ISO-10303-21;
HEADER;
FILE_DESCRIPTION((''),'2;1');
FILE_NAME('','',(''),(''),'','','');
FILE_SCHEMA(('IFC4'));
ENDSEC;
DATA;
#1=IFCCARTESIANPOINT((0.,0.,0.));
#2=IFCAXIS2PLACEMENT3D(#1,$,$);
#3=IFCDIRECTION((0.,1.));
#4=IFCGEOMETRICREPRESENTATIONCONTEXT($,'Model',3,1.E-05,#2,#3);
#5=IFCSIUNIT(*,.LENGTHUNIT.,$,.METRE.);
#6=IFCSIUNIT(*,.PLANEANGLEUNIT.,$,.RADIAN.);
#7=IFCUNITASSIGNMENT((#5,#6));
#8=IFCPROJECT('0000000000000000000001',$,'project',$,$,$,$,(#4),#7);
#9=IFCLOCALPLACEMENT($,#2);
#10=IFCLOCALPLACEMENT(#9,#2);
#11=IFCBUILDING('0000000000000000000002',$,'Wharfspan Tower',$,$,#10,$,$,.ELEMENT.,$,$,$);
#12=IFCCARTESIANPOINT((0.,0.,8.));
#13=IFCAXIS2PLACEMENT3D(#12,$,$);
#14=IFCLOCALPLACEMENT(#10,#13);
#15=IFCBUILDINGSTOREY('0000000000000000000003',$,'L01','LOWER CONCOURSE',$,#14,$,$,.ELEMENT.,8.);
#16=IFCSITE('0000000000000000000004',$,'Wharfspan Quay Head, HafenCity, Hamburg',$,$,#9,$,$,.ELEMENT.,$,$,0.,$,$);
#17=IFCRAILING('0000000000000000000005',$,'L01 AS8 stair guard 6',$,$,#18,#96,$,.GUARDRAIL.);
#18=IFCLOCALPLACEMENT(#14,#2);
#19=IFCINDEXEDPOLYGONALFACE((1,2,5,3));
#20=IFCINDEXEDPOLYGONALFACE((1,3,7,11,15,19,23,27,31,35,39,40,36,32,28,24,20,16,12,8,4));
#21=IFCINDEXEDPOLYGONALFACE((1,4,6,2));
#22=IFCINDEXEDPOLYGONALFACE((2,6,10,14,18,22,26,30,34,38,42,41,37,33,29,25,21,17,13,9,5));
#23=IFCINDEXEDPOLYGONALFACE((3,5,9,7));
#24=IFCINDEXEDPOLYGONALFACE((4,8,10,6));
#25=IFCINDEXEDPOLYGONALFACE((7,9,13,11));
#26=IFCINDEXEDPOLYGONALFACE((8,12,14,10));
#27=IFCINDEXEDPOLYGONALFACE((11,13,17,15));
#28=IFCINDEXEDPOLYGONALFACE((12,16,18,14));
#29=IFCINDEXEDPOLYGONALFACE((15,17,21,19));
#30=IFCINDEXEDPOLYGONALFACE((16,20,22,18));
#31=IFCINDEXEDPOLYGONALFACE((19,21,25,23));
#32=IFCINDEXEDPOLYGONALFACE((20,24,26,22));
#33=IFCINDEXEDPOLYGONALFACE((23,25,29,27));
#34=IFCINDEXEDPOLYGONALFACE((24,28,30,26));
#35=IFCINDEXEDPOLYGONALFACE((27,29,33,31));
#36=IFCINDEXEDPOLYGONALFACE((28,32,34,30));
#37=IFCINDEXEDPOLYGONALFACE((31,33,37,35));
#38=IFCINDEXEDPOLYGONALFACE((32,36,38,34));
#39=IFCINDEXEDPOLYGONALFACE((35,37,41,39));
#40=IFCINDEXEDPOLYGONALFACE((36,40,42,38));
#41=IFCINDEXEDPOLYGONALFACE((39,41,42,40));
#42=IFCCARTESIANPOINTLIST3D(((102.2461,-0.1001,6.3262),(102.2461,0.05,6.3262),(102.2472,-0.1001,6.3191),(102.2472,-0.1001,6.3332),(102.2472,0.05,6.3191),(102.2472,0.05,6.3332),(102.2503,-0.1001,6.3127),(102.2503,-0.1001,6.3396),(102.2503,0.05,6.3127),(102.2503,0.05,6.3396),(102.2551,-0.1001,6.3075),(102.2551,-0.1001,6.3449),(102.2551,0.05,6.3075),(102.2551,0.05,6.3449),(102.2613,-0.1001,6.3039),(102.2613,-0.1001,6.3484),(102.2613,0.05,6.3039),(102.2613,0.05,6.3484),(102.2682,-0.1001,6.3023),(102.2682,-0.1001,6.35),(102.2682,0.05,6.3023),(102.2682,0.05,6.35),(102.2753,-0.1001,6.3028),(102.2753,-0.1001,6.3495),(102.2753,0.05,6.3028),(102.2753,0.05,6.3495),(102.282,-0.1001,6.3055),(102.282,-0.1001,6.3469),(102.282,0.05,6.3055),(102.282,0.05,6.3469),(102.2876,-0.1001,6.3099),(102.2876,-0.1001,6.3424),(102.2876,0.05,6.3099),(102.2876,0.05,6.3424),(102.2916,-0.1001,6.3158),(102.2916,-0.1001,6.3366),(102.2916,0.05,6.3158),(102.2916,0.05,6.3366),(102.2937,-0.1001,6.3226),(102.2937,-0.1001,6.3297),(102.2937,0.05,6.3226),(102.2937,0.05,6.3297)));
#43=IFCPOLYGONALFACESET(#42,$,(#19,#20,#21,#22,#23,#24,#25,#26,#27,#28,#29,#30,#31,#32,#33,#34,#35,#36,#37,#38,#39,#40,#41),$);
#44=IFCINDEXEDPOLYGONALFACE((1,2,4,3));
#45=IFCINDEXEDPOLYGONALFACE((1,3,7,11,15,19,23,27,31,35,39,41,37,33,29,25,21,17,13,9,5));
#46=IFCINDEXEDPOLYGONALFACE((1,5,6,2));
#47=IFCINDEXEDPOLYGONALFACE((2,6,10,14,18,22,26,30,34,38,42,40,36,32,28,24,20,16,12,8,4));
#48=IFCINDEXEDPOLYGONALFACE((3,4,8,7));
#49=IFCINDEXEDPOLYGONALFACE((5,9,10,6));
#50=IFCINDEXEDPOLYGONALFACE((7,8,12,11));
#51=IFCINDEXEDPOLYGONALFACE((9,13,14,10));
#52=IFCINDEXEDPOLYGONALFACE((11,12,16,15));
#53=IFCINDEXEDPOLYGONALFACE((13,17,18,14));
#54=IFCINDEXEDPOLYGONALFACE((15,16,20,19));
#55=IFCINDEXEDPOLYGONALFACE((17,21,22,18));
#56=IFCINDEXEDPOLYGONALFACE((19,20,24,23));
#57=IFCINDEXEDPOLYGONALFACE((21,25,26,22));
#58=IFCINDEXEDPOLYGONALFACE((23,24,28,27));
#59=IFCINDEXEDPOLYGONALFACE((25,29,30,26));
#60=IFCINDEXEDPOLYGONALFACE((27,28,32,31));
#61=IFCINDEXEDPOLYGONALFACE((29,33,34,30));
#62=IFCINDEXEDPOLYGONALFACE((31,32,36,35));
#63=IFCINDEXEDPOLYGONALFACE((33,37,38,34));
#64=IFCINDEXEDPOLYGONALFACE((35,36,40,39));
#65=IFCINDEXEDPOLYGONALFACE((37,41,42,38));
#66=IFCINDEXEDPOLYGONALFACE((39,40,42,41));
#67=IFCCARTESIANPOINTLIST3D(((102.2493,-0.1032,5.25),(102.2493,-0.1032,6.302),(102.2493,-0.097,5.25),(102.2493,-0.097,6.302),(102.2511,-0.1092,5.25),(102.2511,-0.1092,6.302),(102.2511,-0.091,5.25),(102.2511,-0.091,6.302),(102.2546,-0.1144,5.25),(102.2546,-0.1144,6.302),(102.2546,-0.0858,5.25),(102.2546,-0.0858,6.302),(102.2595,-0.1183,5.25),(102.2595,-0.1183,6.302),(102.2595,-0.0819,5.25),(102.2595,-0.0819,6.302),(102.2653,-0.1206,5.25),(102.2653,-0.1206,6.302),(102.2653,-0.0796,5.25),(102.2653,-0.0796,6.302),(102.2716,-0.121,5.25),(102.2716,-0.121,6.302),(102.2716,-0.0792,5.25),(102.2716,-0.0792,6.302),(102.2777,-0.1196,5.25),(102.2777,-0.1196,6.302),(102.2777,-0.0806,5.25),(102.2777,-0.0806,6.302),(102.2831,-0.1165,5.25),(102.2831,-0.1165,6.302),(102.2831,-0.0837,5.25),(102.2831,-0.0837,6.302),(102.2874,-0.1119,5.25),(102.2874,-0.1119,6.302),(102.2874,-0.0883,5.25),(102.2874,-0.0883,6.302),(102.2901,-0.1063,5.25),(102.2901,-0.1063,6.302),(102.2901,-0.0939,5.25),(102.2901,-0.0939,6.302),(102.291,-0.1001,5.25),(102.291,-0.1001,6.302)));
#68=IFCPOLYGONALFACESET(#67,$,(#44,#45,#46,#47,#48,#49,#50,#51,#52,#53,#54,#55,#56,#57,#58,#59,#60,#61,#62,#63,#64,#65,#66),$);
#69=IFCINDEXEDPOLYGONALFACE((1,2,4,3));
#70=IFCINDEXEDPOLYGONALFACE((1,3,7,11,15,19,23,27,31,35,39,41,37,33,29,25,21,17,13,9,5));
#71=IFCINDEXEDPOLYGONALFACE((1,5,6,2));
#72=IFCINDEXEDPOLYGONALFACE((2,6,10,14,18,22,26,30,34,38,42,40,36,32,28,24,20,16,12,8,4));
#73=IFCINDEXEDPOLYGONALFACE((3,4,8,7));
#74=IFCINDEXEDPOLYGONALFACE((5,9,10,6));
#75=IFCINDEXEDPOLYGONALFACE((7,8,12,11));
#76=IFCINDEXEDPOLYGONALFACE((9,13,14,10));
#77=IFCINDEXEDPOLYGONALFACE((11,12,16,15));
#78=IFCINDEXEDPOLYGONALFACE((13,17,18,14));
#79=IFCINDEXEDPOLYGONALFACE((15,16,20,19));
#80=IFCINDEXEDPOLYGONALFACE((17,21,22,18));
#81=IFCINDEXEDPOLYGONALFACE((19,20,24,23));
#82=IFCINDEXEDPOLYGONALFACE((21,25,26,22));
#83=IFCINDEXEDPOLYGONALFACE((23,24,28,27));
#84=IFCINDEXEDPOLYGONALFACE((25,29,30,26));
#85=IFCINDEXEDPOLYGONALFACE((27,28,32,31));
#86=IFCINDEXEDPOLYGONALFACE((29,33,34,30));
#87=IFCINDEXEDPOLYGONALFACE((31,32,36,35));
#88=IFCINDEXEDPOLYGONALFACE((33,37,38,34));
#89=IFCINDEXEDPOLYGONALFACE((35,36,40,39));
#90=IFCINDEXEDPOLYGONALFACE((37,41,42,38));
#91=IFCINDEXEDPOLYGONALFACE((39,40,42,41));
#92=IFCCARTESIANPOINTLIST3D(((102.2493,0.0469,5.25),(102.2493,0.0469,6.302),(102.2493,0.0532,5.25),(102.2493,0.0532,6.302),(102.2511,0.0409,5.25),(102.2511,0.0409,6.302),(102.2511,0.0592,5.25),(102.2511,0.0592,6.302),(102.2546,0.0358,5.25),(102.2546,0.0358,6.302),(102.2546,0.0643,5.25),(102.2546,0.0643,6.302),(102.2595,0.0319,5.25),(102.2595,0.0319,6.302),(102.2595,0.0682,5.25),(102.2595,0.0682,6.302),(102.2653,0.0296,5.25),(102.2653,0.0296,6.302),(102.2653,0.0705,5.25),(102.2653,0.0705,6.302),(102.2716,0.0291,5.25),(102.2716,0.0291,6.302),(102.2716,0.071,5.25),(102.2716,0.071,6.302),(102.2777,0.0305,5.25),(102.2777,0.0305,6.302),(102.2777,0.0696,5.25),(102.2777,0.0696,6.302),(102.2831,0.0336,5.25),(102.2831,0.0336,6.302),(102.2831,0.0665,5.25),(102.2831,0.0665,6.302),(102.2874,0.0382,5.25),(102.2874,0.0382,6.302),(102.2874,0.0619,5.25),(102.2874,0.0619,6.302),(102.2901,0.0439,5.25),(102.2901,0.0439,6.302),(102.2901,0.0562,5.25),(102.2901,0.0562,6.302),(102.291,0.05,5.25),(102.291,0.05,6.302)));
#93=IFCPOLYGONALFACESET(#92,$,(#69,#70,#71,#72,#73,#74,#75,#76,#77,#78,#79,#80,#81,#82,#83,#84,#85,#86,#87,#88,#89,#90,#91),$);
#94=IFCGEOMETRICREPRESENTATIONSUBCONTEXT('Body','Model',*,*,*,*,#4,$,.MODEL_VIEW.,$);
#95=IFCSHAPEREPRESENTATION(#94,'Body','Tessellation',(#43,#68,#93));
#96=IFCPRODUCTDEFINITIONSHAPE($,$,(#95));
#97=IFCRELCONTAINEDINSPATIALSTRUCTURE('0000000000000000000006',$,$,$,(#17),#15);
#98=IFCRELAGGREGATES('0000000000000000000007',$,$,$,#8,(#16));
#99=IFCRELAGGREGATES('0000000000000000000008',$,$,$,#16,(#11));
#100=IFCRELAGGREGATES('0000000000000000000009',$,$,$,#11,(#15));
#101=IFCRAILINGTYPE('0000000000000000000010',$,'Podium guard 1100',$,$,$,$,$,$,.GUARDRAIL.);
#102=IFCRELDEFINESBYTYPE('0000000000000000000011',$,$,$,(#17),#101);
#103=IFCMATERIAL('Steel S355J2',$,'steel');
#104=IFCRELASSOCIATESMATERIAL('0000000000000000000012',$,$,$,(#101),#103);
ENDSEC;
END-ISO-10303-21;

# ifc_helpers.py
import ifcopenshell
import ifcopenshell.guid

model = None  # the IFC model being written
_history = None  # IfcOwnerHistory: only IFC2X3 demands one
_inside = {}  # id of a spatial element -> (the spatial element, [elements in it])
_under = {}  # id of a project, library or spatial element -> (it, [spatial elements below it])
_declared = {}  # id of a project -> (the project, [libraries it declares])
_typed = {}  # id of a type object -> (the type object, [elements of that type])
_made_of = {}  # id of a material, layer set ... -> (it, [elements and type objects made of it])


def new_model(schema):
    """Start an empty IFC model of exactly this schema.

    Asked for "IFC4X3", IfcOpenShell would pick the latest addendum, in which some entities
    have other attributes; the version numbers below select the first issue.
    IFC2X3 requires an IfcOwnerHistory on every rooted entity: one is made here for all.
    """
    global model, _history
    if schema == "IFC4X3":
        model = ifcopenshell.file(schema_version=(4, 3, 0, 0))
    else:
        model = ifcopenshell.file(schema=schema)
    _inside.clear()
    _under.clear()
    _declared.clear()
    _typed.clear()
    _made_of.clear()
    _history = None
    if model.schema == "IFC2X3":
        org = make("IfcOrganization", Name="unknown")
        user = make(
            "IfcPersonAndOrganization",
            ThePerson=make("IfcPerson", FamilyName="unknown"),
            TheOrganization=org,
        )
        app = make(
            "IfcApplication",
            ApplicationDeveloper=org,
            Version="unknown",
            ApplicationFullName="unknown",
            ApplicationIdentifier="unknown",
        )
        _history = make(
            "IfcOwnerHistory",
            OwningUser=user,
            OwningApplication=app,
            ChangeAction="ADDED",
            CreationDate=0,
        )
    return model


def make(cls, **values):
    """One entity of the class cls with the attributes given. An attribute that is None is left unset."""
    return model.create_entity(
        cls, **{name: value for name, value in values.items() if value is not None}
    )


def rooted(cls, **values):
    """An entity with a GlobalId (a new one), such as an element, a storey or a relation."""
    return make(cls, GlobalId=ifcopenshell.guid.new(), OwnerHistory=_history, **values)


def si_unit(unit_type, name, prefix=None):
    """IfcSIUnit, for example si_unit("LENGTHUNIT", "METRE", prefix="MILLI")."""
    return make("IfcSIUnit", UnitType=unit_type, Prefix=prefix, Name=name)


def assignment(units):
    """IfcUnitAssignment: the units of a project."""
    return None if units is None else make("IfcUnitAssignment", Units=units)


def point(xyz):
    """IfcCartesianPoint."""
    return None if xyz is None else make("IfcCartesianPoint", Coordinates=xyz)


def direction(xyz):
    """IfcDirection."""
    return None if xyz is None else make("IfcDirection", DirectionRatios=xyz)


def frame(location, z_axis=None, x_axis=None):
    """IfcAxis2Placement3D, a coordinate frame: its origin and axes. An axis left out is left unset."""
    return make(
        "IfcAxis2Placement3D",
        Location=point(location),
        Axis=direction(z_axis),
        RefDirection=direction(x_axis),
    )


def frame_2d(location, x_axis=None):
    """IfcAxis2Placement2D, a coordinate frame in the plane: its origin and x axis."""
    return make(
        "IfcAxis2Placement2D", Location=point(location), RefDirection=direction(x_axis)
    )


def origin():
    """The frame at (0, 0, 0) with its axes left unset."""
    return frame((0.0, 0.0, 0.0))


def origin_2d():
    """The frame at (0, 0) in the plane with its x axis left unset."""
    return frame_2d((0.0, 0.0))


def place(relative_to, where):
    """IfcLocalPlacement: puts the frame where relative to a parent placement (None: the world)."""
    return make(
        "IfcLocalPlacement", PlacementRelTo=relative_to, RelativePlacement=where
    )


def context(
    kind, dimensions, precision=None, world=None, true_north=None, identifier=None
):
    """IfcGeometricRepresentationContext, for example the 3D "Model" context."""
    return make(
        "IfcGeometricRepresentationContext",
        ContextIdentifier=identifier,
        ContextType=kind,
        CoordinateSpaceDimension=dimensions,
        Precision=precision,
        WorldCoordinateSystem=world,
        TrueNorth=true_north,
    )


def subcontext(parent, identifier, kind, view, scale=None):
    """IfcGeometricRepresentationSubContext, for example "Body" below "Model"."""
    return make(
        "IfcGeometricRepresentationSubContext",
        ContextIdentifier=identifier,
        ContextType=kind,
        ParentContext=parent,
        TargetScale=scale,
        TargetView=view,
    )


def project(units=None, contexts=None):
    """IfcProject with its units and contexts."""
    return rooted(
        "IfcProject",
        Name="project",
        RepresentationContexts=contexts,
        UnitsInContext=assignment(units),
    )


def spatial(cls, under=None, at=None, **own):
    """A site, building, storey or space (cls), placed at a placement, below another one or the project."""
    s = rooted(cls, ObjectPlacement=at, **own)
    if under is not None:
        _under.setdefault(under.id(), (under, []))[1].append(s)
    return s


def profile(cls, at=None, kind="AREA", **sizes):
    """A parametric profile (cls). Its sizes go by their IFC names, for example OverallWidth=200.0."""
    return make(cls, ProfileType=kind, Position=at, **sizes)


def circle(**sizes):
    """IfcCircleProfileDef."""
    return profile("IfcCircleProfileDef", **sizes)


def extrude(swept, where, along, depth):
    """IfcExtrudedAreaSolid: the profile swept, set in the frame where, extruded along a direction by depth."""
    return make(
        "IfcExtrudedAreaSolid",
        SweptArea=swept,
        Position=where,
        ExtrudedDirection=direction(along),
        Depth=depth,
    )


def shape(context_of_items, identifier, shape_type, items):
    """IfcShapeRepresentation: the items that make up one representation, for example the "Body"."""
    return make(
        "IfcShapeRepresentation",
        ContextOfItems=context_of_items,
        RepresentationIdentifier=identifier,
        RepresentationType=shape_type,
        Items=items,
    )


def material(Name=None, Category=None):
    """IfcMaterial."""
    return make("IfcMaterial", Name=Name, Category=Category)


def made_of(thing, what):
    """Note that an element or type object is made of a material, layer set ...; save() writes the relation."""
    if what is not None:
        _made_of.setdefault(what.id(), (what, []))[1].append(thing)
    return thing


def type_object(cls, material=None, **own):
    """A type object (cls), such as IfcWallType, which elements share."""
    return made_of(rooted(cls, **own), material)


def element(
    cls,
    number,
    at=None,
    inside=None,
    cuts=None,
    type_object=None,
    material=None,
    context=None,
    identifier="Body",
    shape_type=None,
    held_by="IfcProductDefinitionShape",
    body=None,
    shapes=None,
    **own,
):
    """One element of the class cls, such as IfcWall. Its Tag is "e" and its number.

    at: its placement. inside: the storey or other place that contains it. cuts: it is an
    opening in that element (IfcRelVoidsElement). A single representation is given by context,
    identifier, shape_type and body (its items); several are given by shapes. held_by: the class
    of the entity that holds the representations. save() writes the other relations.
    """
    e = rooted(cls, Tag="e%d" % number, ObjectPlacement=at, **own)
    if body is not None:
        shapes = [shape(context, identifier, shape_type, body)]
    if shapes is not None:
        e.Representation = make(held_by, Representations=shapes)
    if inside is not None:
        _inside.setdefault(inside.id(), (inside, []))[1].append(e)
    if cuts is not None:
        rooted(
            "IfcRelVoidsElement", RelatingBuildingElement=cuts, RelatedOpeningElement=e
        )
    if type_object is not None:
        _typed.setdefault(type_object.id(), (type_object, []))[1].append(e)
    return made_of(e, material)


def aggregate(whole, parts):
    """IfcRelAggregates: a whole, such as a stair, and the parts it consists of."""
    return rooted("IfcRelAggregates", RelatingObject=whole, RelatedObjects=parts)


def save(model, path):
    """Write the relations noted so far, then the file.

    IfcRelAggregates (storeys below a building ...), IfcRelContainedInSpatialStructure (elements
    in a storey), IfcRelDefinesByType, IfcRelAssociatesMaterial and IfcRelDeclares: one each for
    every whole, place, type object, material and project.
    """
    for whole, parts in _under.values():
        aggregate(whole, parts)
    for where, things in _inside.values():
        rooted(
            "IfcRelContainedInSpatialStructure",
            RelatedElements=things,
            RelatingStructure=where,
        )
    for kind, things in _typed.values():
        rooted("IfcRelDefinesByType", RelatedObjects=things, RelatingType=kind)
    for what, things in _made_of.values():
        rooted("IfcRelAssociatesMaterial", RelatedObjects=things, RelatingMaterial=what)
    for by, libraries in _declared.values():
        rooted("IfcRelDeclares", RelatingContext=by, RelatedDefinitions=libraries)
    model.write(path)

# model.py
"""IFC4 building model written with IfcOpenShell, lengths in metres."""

from ifc_helpers import new_model, si_unit, direction, frame, origin, origin_2d, place, context, subcontext, project, spatial, circle, extrude, material, type_object, element, save


model = new_model("IFC4")

# Units and contexts
model_context = context("Model", 3, precision=1e-05, world=origin(), true_north=direction((0.0, 1.0)))
body_context = subcontext(model_context, "Body", "Model", "MODEL_VIEW")
ifc_project = project(units=[si_unit("LENGTHUNIT", "METRE"), si_unit("PLANEANGLEUNIT", "RADIAN")], contexts=[model_context])

# Site, building, storey
site_placement = place(None, origin())
site = spatial("IfcSite", under=ifc_project, at=site_placement, Name="Wharfspan Quay Head, HafenCity, Hamburg", CompositionType="ELEMENT", RefElevation=0.0)
building_placement = place(site_placement, origin())
building = spatial("IfcBuilding", under=site, at=building_placement, Name="Wharfspan Tower", CompositionType="ELEMENT")
storey_placement = place(building_placement, frame((0.0, 0.0, 8.0)))
storey = spatial("IfcBuildingStorey", under=building, at=storey_placement, Name="L01", Description="LOWER CONCOURSE", CompositionType="ELEMENT", Elevation=8.0)

# Railing
ifc_material_1 = material(Name="Steel S355J2", Category="steel")
railing_type_1 = type_object("IfcRailingType", Name="Podium guard 1100", PredefinedType="GUARDRAIL", material=ifc_material_1)
railing_1_placement = place(storey_placement, frame((102.27, -0.1001, 5.25)))
element("IfcRailing", 1, at=railing_1_placement, inside=storey, type_object=railing_type_1, Name="L01 AS8 stair guard 6", PredefinedType="GUARDRAIL", context=body_context, shape_type="SweptSolid", body=[
    extrude(circle(Radius=0.0239, at=origin_2d()), frame((0.0, 0.0, 1.0762), z_axis=(0.0, 1.0, 0.0), x_axis=(-1.0, 0.0, 0.0)), (0.0, 0.0, 1.0), 0.1501),
    extrude(circle(Radius=0.021, at=origin_2d()), origin(), (0.0, 0.0, 1.0), 1.052),
    extrude(circle(Radius=0.021, at=origin_2d()), frame((0.0, 0.1501, 0.0)), (0.0, 0.0, 1.0), 1.052),
])

save(model, "model.ifc")
